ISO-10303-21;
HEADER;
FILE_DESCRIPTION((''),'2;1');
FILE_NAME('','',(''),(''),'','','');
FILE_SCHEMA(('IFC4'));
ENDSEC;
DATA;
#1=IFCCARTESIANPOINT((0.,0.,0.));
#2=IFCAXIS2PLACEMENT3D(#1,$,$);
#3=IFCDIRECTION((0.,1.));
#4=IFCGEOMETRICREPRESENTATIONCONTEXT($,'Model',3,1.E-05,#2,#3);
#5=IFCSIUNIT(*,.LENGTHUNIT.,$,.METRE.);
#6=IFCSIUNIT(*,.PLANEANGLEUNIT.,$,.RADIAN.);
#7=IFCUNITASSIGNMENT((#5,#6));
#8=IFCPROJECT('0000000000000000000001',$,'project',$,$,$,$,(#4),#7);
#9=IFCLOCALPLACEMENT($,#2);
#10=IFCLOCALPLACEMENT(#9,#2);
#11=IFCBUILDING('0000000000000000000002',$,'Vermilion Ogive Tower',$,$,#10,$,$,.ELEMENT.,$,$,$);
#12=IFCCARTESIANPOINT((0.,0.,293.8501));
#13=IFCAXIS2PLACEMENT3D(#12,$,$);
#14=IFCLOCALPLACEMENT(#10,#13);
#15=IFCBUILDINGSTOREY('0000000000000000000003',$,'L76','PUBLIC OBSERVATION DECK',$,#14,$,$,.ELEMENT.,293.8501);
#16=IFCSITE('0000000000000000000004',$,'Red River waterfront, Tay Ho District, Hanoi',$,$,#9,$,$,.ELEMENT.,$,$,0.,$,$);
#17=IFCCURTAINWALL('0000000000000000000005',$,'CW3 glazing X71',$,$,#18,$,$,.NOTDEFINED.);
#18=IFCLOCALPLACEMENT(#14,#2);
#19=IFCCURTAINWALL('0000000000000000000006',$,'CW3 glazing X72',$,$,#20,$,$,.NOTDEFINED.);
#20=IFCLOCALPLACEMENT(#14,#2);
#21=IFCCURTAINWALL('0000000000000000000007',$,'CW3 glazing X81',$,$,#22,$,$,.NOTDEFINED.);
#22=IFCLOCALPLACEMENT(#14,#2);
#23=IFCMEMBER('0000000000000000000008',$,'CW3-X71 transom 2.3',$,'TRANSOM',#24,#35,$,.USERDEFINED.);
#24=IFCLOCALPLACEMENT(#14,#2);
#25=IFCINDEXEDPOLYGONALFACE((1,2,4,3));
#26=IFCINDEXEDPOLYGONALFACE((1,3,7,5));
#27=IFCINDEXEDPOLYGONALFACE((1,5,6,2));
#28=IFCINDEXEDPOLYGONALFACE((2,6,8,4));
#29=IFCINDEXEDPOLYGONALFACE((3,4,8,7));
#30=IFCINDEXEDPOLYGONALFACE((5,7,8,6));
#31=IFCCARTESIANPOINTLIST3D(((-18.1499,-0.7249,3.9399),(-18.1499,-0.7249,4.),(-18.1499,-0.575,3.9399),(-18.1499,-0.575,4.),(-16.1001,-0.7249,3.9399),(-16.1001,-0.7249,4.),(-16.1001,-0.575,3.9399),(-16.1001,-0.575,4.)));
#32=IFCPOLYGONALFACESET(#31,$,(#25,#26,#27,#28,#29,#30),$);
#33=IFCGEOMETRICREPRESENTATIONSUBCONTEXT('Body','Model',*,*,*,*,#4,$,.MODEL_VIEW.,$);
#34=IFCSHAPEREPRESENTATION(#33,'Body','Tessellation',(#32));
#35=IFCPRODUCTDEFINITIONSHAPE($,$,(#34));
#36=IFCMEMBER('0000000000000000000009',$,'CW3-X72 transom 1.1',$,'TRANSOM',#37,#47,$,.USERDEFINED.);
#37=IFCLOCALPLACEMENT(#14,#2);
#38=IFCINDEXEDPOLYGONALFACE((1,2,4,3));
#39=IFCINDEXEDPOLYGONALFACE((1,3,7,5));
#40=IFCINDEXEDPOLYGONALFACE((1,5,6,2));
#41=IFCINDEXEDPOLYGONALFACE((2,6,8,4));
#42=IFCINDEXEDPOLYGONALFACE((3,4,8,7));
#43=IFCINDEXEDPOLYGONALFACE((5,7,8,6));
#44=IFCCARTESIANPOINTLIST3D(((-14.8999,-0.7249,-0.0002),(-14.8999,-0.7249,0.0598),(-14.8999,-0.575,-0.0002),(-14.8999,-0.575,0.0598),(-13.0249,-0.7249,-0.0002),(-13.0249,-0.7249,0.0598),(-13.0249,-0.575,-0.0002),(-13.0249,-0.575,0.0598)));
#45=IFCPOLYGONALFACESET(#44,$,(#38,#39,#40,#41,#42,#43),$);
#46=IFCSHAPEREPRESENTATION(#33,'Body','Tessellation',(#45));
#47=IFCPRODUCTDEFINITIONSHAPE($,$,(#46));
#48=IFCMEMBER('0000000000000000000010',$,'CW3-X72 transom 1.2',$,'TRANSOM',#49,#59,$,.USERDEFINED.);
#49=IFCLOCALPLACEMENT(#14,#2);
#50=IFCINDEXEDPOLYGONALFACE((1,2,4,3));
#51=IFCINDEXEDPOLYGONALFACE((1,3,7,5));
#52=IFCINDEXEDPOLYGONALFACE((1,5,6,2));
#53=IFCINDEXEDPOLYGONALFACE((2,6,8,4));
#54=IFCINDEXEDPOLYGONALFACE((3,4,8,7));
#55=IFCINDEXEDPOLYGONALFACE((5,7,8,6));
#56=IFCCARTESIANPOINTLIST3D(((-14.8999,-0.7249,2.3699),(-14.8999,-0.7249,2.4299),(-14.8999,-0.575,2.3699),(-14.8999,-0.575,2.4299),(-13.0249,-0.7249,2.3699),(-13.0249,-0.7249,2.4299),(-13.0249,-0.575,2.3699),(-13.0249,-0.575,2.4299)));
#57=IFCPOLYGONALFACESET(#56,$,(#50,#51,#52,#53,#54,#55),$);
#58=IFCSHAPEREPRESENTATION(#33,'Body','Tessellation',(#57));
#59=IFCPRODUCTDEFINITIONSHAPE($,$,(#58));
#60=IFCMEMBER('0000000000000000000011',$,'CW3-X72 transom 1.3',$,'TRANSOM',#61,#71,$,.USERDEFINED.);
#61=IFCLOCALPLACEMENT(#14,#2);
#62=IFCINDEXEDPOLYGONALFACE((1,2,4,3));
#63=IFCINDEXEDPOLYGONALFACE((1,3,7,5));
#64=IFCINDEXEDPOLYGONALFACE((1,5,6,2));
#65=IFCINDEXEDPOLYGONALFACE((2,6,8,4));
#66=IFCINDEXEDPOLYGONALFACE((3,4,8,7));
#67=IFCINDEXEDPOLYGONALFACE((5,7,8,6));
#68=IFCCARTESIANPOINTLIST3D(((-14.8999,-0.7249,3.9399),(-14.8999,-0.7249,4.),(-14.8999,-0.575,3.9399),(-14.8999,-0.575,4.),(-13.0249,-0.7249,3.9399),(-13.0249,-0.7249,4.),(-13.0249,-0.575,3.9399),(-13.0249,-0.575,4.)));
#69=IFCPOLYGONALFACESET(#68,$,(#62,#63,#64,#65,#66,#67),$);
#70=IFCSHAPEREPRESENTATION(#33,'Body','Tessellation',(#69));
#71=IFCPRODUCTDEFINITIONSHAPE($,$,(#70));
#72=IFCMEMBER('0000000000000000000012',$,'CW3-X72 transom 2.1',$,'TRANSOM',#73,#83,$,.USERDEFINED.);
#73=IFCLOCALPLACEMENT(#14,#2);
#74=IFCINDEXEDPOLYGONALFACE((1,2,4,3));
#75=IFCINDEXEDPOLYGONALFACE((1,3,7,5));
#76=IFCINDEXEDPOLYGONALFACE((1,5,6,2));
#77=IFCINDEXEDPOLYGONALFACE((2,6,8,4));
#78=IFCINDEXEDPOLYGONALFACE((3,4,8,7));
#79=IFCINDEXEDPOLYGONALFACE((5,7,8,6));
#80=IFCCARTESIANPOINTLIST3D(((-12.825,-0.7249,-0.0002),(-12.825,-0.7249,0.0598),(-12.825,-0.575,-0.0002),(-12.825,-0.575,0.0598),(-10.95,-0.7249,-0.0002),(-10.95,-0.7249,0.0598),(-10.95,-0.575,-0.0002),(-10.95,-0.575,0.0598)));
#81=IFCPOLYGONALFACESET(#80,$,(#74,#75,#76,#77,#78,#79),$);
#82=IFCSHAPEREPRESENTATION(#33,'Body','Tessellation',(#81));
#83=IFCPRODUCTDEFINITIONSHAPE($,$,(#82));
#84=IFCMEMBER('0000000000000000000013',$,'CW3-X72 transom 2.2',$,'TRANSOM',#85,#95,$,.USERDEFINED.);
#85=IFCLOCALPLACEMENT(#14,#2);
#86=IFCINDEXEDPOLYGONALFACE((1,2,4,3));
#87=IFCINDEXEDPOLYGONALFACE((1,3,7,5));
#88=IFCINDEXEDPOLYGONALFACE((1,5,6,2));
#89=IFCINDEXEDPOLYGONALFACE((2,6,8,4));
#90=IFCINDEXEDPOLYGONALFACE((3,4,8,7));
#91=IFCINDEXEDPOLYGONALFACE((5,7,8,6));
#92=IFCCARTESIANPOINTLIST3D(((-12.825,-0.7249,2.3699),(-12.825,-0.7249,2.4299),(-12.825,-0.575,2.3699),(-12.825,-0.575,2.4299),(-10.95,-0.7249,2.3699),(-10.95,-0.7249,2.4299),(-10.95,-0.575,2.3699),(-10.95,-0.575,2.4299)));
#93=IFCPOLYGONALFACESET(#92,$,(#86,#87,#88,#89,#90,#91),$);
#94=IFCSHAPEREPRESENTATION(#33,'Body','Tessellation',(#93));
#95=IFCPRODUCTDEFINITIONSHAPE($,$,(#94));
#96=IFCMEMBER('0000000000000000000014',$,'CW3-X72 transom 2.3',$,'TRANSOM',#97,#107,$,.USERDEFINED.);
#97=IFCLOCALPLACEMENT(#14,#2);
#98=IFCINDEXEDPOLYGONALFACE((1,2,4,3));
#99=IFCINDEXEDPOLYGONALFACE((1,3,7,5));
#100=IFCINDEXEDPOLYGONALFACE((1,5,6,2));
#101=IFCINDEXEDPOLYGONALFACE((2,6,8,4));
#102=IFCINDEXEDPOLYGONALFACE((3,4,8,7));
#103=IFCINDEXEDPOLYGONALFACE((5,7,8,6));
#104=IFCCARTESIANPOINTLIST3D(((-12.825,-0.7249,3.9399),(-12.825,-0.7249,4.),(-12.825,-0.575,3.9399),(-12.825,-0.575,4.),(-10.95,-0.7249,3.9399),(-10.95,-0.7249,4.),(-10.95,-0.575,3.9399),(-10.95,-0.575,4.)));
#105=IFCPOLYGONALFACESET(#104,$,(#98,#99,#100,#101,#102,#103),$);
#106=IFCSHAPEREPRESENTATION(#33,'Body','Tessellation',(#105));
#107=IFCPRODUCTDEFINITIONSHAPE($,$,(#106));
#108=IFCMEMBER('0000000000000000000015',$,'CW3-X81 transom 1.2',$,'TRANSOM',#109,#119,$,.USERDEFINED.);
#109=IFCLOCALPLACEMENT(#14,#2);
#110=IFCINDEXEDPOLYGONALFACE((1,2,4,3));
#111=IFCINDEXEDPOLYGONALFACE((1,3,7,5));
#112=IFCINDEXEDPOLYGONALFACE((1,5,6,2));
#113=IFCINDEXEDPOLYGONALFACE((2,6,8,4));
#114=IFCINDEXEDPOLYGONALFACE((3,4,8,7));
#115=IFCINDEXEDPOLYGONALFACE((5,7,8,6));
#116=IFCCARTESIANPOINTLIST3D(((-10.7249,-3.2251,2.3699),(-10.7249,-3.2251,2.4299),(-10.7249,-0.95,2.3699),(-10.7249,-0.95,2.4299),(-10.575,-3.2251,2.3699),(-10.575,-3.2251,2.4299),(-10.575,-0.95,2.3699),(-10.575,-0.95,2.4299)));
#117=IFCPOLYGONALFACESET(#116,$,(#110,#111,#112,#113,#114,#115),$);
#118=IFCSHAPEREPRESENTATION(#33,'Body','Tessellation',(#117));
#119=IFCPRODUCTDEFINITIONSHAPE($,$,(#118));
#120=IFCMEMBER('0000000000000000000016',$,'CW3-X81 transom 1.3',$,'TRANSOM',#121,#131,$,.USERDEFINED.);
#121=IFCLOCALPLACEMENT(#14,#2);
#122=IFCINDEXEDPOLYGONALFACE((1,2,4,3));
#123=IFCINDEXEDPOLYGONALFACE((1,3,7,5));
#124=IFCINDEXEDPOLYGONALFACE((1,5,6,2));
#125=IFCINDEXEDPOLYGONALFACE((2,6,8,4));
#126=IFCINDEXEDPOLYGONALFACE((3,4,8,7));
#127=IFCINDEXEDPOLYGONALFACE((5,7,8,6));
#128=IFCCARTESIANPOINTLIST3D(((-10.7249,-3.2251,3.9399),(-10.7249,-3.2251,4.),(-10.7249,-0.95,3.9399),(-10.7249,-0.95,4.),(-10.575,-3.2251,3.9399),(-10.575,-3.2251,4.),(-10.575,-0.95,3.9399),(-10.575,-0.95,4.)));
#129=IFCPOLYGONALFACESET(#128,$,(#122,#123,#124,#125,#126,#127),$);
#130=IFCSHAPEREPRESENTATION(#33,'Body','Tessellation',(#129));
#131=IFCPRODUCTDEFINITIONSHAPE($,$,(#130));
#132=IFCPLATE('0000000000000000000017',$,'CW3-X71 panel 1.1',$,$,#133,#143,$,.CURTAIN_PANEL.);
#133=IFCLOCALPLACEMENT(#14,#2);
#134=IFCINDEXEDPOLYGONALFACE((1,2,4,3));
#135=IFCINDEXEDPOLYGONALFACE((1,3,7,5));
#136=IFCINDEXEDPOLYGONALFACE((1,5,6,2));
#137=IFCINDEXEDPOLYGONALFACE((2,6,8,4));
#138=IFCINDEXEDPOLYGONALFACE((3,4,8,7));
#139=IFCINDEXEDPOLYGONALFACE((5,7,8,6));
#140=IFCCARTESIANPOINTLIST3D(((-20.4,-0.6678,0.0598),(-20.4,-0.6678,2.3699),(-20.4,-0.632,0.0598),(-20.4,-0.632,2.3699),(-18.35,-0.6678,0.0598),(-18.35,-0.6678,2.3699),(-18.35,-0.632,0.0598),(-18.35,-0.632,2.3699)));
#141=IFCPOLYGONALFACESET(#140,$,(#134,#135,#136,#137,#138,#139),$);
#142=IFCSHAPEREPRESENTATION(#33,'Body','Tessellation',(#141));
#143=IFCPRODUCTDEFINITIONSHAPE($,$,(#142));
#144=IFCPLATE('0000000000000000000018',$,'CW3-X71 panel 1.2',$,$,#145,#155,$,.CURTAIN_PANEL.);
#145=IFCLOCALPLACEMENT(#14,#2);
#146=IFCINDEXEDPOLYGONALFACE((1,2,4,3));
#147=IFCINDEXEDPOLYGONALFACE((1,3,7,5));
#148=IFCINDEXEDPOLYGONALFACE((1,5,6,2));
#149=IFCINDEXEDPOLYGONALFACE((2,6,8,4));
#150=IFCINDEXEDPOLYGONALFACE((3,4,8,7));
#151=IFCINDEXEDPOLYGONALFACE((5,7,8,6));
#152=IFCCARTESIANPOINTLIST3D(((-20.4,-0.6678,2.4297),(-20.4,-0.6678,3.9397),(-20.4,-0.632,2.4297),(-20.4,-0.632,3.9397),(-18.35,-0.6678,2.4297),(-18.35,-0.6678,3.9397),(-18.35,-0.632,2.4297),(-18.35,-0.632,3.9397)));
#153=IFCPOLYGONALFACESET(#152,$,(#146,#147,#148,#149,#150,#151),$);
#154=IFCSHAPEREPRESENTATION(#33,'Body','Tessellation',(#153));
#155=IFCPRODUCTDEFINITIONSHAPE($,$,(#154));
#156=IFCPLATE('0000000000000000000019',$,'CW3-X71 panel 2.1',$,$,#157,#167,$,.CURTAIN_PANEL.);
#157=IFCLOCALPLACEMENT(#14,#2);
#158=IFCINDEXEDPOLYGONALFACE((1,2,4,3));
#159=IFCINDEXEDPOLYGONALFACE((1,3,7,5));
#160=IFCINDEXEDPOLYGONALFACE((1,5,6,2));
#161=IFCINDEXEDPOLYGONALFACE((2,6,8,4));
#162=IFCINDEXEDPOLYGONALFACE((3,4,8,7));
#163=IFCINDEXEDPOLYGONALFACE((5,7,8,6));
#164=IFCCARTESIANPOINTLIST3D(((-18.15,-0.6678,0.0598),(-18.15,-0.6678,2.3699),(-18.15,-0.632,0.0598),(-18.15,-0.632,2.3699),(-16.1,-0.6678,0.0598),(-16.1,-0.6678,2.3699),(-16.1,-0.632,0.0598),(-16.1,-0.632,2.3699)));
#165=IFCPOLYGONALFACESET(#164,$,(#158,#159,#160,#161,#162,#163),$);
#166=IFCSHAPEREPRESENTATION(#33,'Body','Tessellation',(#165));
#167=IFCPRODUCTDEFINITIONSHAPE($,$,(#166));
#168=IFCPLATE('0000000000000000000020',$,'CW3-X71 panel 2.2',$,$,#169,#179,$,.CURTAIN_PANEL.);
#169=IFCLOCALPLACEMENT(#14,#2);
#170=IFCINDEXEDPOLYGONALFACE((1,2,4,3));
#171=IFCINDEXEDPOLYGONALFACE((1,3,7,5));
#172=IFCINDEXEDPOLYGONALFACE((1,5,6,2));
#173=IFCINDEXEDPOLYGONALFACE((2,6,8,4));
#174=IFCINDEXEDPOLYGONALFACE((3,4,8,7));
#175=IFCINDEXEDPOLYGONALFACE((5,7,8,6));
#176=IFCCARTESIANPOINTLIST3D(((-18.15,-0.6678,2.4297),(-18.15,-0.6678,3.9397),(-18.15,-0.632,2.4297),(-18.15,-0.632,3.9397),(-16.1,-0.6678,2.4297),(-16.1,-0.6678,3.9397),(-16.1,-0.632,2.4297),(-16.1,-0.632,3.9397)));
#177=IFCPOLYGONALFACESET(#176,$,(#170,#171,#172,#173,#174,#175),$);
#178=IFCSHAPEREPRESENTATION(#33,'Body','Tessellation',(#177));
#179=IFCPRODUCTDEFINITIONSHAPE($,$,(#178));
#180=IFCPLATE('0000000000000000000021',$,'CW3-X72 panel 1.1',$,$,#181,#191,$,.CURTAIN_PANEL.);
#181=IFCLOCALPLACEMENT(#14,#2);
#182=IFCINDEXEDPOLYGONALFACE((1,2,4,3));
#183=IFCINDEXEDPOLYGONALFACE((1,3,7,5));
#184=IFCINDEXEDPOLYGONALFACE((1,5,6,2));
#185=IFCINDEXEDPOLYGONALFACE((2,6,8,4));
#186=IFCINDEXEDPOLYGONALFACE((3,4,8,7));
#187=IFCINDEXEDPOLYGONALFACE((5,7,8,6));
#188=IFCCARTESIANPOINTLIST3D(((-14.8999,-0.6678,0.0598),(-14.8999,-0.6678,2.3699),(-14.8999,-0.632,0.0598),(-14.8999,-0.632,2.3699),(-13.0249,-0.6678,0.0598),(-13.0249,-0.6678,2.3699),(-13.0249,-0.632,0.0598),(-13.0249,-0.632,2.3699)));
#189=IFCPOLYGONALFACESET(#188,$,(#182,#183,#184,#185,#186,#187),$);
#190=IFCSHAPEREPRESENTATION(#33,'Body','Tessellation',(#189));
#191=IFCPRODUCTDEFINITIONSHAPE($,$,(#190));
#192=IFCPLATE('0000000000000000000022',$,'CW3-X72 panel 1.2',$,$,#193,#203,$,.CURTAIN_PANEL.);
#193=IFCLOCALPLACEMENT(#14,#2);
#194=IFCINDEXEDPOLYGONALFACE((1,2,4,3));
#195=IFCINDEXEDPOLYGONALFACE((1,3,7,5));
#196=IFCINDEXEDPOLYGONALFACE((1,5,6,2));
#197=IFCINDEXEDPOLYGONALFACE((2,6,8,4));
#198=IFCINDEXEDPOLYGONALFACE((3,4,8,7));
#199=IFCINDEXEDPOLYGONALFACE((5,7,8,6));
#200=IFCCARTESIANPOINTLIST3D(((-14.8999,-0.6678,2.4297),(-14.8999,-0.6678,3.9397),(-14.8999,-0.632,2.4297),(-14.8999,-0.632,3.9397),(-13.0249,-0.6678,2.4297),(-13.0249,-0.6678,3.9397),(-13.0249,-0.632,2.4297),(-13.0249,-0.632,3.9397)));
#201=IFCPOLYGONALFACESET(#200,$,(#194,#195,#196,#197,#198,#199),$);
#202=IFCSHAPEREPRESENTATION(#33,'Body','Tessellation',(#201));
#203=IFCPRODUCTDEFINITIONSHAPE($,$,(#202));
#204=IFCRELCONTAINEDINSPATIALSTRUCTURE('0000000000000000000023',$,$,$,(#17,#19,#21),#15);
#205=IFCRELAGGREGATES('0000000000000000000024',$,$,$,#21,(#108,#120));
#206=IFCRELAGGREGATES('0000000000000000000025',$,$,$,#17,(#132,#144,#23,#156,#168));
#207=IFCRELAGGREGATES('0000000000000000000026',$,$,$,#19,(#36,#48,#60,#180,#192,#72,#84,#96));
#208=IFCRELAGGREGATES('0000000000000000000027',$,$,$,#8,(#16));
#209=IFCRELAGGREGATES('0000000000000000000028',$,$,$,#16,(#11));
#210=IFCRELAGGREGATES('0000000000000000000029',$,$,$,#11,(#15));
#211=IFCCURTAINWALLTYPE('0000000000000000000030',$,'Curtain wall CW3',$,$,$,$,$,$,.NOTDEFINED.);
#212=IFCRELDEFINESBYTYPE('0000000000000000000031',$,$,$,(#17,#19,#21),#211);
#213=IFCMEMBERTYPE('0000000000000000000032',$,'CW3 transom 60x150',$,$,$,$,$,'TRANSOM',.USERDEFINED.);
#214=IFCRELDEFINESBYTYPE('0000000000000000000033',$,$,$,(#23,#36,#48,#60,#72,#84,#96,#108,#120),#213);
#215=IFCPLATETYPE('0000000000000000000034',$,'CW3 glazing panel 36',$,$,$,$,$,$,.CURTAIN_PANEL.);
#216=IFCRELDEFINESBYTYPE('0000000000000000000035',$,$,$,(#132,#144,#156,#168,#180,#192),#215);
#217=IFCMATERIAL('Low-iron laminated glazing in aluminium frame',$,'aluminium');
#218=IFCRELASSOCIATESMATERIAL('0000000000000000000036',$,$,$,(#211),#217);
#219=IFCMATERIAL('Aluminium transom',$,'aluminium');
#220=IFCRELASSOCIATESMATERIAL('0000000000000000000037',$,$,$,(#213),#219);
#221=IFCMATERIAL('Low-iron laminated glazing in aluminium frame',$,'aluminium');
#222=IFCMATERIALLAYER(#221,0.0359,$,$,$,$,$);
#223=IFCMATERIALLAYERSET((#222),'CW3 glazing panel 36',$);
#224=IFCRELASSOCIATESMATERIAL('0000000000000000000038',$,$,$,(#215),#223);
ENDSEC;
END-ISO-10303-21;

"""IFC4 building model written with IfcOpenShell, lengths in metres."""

from ifc_helpers import new_model, si_unit, direction, frame, origin, origin_2d, place, context, subcontext, project, spatial, rectangle, extrude, material, layer, layer_set, material_profile, profile_set, type_object, element, aggregate, save


model = new_model("IFC4")

# Units and contexts
model_context = context("Model", 3, precision=1e-05, world=origin(), true_north=direction((0.0, 1.0)))
body_context = subcontext(model_context, "Body", "Model", "MODEL_VIEW")
ifc_project = project(units=[si_unit("LENGTHUNIT", "METRE"), si_unit("PLANEANGLEUNIT", "RADIAN")], contexts=[model_context])

# Site, building, storey
site_placement = place(None, origin())
site = spatial("IfcSite", under=ifc_project, at=site_placement, Name="Red River waterfront, Tay Ho District, Hanoi", CompositionType="ELEMENT", RefElevation=0.0)
building_placement = place(site_placement, origin())
building = spatial("IfcBuilding", under=site, at=building_placement, Name="Vermilion Ogive Tower", CompositionType="ELEMENT")
storey_placement = place(building_placement, frame((0.0, 0.0, 293.8501)))
storey = spatial("IfcBuildingStorey", under=building, at=storey_placement, Name="L76", Description="PUBLIC OBSERVATION DECK", CompositionType="ELEMENT", Elevation=293.8501)

# Curtain walls
ifc_material_1 = material(Name="Low-iron laminated glazing in aluminium frame", Category="aluminium")
curtain_wall_type = type_object("IfcCurtainWallType", Name="Curtain wall CW3", PredefinedType="NOTDEFINED", material=ifc_material_1)
curtain_wall_1_placement = place(storey_placement, origin())
curtain_wall_1 = element("IfcCurtainWall", 1, at=curtain_wall_1_placement, inside=storey, type_object=curtain_wall_type, Name="CW3 glazing X71", PredefinedType="NOTDEFINED")
curtain_wall_2_placement = place(storey_placement, origin())
curtain_wall_2 = element("IfcCurtainWall", 2, at=curtain_wall_2_placement, inside=storey, type_object=curtain_wall_type, Name="CW3 glazing X72", PredefinedType="NOTDEFINED")

# Curtain wall
curtain_wall_3_placement = place(storey_placement, origin())
curtain_wall_3 = element("IfcCurtainWall", 3, at=curtain_wall_3_placement, inside=storey, type_object=curtain_wall_type, Name="CW3 glazing X81", PredefinedType="NOTDEFINED")

# Members
ifc_material_2 = material(Name="Aluminium transom", Category="aluminium")
ifc_material_profile_1 = material_profile(ifc_material_2, rectangle(XDim=0.1499, YDim=0.0601, at=origin_2d()), Name="AL 60x150")
ifc_profile_set_1 = profile_set([ifc_material_profile_1], Name="Aluminium transom")
member_type_1 = type_object("IfcMemberType", Name="CW3 transom 60x150", ElementType="TRANSOM", PredefinedType="USERDEFINED", material=ifc_profile_set_1)
member_1_placement = place(storey_placement, frame((-18.1499, -0.6499, 3.97), z_axis=(1.0, 0.0, 0.0), x_axis=(0.0, 1.0, 0.0)))
member_1 = element("IfcMember", 4, at=member_1_placement, type_object=member_type_1, Name="CW3-X71 transom 2.3", ObjectType="TRANSOM", PredefinedType="USERDEFINED", context=body_context, shape_type="SweptSolid", body=[
    extrude(rectangle(XDim=0.1499, YDim=0.0601, at=origin_2d()), origin(), (0.0, 0.0, 1.0), 2.0498),
])
member_2_placement = place(storey_placement, frame((-14.8999, -0.6499, 0.0298), z_axis=(1.0, 0.0, 0.0), x_axis=(0.0, 1.0, 0.0)))
member_2 = element("IfcMember", 5, at=member_2_placement, type_object=member_type_1, Name="CW3-X72 transom 1.1", ObjectType="TRANSOM", PredefinedType="USERDEFINED", context=body_context, shape_type="SweptSolid", body=[
    extrude(rectangle(XDim=0.1499, YDim=0.0601, at=origin_2d()), origin(), (0.0, 0.0, 1.0), 1.875),
])
member_3_placement = place(storey_placement, frame((-14.8999, -0.6499, 2.3999), z_axis=(1.0, 0.0, 0.0), x_axis=(0.0, 1.0, 0.0)))
member_3 = element("IfcMember", 6, at=member_3_placement, type_object=member_type_1, Name="CW3-X72 transom 1.2", ObjectType="TRANSOM", PredefinedType="USERDEFINED", context=body_context, shape_type="SweptSolid", body=[
    extrude(rectangle(XDim=0.1499, YDim=0.0601, at=origin_2d()), origin(), (0.0, 0.0, 1.0), 1.875),
])
member_4_placement = place(storey_placement, frame((-14.8999, -0.6499, 3.97), z_axis=(1.0, 0.0, 0.0), x_axis=(0.0, 1.0, 0.0)))
member_4 = element("IfcMember", 7, at=member_4_placement, type_object=member_type_1, Name="CW3-X72 transom 1.3", ObjectType="TRANSOM", PredefinedType="USERDEFINED", context=body_context, shape_type="SweptSolid", body=[
    extrude(rectangle(XDim=0.1499, YDim=0.0601, at=origin_2d()), origin(), (0.0, 0.0, 1.0), 1.875),
])
member_5_placement = place(storey_placement, frame((-12.825, -0.6499, 0.0298), z_axis=(1.0, 0.0, 0.0), x_axis=(0.0, 1.0, 0.0)))
member_5 = element("IfcMember", 8, at=member_5_placement, type_object=member_type_1, Name="CW3-X72 transom 2.1", ObjectType="TRANSOM", PredefinedType="USERDEFINED", context=body_context, shape_type="SweptSolid", body=[
    extrude(rectangle(XDim=0.1499, YDim=0.0601, at=origin_2d()), origin(), (0.0, 0.0, 1.0), 1.875),
])
member_6_placement = place(storey_placement, frame((-12.825, -0.6499, 2.3999), z_axis=(1.0, 0.0, 0.0), x_axis=(0.0, 1.0, 0.0)))
member_6 = element("IfcMember", 9, at=member_6_placement, type_object=member_type_1, Name="CW3-X72 transom 2.2", ObjectType="TRANSOM", PredefinedType="USERDEFINED", context=body_context, shape_type="SweptSolid", body=[
    extrude(rectangle(XDim=0.1499, YDim=0.0601, at=origin_2d()), origin(), (0.0, 0.0, 1.0), 1.875),
])
member_7_placement = place(storey_placement, frame((-12.825, -0.6499, 3.97), z_axis=(1.0, 0.0, 0.0), x_axis=(0.0, 1.0, 0.0)))
member_7 = element("IfcMember", 10, at=member_7_placement, type_object=member_type_1, Name="CW3-X72 transom 2.3", ObjectType="TRANSOM", PredefinedType="USERDEFINED", context=body_context, shape_type="SweptSolid", body=[
    extrude(rectangle(XDim=0.1499, YDim=0.0601, at=origin_2d()), origin(), (0.0, 0.0, 1.0), 1.875),
])
member_8_placement = place(storey_placement, frame((-10.6499, -0.95, 2.3999), z_axis=(0.0, -1.0, 0.0), x_axis=(1.0, 0.0, 0.0)))
member_8 = element("IfcMember", 11, at=member_8_placement, type_object=member_type_1, Name="CW3-X81 transom 1.2", ObjectType="TRANSOM", PredefinedType="USERDEFINED", context=body_context, shape_type="SweptSolid", body=[
    extrude(rectangle(XDim=0.1499, YDim=0.0601, at=origin_2d()), origin(), (0.0, 0.0, 1.0), 2.2751),
])
member_9_placement = place(storey_placement, frame((-10.6499, -0.95, 3.97), z_axis=(0.0, -1.0, 0.0), x_axis=(1.0, 0.0, 0.0)))
member_9 = element("IfcMember", 12, at=member_9_placement, type_object=member_type_1, Name="CW3-X81 transom 1.3", ObjectType="TRANSOM", PredefinedType="USERDEFINED", context=body_context, shape_type="SweptSolid", body=[
    extrude(rectangle(XDim=0.1499, YDim=0.0601, at=origin_2d()), origin(), (0.0, 0.0, 1.0), 2.2751),
])
aggregate(curtain_wall_3, [member_8, member_9])

# Plates
ifc_material_3 = material(Name="Low-iron laminated glazing in aluminium frame", Category="aluminium")
ifc_layer_1 = layer(ifc_material_3, 0.0359)
ifc_layer_set_1 = layer_set([ifc_layer_1], Name="CW3 glazing panel 36")
plate_type = type_object("IfcPlateType", Name="CW3 glazing panel 36", PredefinedType="CURTAIN_PANEL", material=ifc_layer_set_1)
plate_1_placement = place(storey_placement, frame((-19.375, -0.6499, 0.0598), z_axis=(0.0, 0.0, 1.0), x_axis=(1.0, 0.0, 0.0)))
plate_1 = element("IfcPlate", 13, at=plate_1_placement, type_object=plate_type, Name="CW3-X71 panel 1.1", PredefinedType="CURTAIN_PANEL", context=body_context, shape_type="SweptSolid", body=[
    extrude(rectangle(XDim=2.05, YDim=0.0359, at=origin_2d()), origin(), (0.0, 0.0, 1.0), 2.3101),
])
plate_2_placement = place(storey_placement, frame((-19.375, -0.6499, 2.4297), z_axis=(0.0, 0.0, 1.0), x_axis=(1.0, 0.0, 0.0)))
plate_2 = element("IfcPlate", 14, at=plate_2_placement, type_object=plate_type, Name="CW3-X71 panel 1.2", PredefinedType="CURTAIN_PANEL", context=body_context, shape_type="SweptSolid", body=[
    extrude(rectangle(XDim=2.05, YDim=0.0359, at=origin_2d()), origin(), (0.0, 0.0, 1.0), 1.51),
])
plate_3_placement = place(storey_placement, frame((-17.125, -0.6499, 0.0598), z_axis=(0.0, 0.0, 1.0), x_axis=(1.0, 0.0, 0.0)))
plate_3 = element("IfcPlate", 15, at=plate_3_placement, type_object=plate_type, Name="CW3-X71 panel 2.1", PredefinedType="CURTAIN_PANEL", context=body_context, shape_type="SweptSolid", body=[
    extrude(rectangle(XDim=2.05, YDim=0.0359, at=origin_2d()), origin(), (0.0, 0.0, 1.0), 2.3101),
])
plate_4_placement = place(storey_placement, frame((-17.125, -0.6499, 2.4297), z_axis=(0.0, 0.0, 1.0), x_axis=(1.0, 0.0, 0.0)))
plate_4 = element("IfcPlate", 16, at=plate_4_placement, type_object=plate_type, Name="CW3-X71 panel 2.2", PredefinedType="CURTAIN_PANEL", context=body_context, shape_type="SweptSolid", body=[
    extrude(rectangle(XDim=2.05, YDim=0.0359, at=origin_2d()), origin(), (0.0, 0.0, 1.0), 1.51),
])
aggregate(curtain_wall_1, [plate_1, plate_2, member_1, plate_3, plate_4])
plate_5_placement = place(storey_placement, frame((-13.9624, -0.6499, 0.0598), z_axis=(0.0, 0.0, 1.0), x_axis=(1.0, 0.0, 0.0)))
plate_5 = element("IfcPlate", 17, at=plate_5_placement, type_object=plate_type, Name="CW3-X72 panel 1.1", PredefinedType="CURTAIN_PANEL", context=body_context, shape_type="SweptSolid", body=[
    extrude(rectangle(XDim=1.875, YDim=0.0359, at=origin_2d()), origin(), (0.0, 0.0, 1.0), 2.3101),
])
plate_6_placement = place(storey_placement, frame((-13.9624, -0.6499, 2.4297), z_axis=(0.0, 0.0, 1.0), x_axis=(1.0, 0.0, 0.0)))
plate_6 = element("IfcPlate", 18, at=plate_6_placement, type_object=plate_type, Name="CW3-X72 panel 1.2", PredefinedType="CURTAIN_PANEL", context=body_context, shape_type="SweptSolid", body=[
    extrude(rectangle(XDim=1.875, YDim=0.0359, at=origin_2d()), origin(), (0.0, 0.0, 1.0), 1.51),
])
aggregate(curtain_wall_2, [member_2, member_3, member_4, plate_5, plate_6, member_5, member_6, member_7])

save(model, "model.ifc")
